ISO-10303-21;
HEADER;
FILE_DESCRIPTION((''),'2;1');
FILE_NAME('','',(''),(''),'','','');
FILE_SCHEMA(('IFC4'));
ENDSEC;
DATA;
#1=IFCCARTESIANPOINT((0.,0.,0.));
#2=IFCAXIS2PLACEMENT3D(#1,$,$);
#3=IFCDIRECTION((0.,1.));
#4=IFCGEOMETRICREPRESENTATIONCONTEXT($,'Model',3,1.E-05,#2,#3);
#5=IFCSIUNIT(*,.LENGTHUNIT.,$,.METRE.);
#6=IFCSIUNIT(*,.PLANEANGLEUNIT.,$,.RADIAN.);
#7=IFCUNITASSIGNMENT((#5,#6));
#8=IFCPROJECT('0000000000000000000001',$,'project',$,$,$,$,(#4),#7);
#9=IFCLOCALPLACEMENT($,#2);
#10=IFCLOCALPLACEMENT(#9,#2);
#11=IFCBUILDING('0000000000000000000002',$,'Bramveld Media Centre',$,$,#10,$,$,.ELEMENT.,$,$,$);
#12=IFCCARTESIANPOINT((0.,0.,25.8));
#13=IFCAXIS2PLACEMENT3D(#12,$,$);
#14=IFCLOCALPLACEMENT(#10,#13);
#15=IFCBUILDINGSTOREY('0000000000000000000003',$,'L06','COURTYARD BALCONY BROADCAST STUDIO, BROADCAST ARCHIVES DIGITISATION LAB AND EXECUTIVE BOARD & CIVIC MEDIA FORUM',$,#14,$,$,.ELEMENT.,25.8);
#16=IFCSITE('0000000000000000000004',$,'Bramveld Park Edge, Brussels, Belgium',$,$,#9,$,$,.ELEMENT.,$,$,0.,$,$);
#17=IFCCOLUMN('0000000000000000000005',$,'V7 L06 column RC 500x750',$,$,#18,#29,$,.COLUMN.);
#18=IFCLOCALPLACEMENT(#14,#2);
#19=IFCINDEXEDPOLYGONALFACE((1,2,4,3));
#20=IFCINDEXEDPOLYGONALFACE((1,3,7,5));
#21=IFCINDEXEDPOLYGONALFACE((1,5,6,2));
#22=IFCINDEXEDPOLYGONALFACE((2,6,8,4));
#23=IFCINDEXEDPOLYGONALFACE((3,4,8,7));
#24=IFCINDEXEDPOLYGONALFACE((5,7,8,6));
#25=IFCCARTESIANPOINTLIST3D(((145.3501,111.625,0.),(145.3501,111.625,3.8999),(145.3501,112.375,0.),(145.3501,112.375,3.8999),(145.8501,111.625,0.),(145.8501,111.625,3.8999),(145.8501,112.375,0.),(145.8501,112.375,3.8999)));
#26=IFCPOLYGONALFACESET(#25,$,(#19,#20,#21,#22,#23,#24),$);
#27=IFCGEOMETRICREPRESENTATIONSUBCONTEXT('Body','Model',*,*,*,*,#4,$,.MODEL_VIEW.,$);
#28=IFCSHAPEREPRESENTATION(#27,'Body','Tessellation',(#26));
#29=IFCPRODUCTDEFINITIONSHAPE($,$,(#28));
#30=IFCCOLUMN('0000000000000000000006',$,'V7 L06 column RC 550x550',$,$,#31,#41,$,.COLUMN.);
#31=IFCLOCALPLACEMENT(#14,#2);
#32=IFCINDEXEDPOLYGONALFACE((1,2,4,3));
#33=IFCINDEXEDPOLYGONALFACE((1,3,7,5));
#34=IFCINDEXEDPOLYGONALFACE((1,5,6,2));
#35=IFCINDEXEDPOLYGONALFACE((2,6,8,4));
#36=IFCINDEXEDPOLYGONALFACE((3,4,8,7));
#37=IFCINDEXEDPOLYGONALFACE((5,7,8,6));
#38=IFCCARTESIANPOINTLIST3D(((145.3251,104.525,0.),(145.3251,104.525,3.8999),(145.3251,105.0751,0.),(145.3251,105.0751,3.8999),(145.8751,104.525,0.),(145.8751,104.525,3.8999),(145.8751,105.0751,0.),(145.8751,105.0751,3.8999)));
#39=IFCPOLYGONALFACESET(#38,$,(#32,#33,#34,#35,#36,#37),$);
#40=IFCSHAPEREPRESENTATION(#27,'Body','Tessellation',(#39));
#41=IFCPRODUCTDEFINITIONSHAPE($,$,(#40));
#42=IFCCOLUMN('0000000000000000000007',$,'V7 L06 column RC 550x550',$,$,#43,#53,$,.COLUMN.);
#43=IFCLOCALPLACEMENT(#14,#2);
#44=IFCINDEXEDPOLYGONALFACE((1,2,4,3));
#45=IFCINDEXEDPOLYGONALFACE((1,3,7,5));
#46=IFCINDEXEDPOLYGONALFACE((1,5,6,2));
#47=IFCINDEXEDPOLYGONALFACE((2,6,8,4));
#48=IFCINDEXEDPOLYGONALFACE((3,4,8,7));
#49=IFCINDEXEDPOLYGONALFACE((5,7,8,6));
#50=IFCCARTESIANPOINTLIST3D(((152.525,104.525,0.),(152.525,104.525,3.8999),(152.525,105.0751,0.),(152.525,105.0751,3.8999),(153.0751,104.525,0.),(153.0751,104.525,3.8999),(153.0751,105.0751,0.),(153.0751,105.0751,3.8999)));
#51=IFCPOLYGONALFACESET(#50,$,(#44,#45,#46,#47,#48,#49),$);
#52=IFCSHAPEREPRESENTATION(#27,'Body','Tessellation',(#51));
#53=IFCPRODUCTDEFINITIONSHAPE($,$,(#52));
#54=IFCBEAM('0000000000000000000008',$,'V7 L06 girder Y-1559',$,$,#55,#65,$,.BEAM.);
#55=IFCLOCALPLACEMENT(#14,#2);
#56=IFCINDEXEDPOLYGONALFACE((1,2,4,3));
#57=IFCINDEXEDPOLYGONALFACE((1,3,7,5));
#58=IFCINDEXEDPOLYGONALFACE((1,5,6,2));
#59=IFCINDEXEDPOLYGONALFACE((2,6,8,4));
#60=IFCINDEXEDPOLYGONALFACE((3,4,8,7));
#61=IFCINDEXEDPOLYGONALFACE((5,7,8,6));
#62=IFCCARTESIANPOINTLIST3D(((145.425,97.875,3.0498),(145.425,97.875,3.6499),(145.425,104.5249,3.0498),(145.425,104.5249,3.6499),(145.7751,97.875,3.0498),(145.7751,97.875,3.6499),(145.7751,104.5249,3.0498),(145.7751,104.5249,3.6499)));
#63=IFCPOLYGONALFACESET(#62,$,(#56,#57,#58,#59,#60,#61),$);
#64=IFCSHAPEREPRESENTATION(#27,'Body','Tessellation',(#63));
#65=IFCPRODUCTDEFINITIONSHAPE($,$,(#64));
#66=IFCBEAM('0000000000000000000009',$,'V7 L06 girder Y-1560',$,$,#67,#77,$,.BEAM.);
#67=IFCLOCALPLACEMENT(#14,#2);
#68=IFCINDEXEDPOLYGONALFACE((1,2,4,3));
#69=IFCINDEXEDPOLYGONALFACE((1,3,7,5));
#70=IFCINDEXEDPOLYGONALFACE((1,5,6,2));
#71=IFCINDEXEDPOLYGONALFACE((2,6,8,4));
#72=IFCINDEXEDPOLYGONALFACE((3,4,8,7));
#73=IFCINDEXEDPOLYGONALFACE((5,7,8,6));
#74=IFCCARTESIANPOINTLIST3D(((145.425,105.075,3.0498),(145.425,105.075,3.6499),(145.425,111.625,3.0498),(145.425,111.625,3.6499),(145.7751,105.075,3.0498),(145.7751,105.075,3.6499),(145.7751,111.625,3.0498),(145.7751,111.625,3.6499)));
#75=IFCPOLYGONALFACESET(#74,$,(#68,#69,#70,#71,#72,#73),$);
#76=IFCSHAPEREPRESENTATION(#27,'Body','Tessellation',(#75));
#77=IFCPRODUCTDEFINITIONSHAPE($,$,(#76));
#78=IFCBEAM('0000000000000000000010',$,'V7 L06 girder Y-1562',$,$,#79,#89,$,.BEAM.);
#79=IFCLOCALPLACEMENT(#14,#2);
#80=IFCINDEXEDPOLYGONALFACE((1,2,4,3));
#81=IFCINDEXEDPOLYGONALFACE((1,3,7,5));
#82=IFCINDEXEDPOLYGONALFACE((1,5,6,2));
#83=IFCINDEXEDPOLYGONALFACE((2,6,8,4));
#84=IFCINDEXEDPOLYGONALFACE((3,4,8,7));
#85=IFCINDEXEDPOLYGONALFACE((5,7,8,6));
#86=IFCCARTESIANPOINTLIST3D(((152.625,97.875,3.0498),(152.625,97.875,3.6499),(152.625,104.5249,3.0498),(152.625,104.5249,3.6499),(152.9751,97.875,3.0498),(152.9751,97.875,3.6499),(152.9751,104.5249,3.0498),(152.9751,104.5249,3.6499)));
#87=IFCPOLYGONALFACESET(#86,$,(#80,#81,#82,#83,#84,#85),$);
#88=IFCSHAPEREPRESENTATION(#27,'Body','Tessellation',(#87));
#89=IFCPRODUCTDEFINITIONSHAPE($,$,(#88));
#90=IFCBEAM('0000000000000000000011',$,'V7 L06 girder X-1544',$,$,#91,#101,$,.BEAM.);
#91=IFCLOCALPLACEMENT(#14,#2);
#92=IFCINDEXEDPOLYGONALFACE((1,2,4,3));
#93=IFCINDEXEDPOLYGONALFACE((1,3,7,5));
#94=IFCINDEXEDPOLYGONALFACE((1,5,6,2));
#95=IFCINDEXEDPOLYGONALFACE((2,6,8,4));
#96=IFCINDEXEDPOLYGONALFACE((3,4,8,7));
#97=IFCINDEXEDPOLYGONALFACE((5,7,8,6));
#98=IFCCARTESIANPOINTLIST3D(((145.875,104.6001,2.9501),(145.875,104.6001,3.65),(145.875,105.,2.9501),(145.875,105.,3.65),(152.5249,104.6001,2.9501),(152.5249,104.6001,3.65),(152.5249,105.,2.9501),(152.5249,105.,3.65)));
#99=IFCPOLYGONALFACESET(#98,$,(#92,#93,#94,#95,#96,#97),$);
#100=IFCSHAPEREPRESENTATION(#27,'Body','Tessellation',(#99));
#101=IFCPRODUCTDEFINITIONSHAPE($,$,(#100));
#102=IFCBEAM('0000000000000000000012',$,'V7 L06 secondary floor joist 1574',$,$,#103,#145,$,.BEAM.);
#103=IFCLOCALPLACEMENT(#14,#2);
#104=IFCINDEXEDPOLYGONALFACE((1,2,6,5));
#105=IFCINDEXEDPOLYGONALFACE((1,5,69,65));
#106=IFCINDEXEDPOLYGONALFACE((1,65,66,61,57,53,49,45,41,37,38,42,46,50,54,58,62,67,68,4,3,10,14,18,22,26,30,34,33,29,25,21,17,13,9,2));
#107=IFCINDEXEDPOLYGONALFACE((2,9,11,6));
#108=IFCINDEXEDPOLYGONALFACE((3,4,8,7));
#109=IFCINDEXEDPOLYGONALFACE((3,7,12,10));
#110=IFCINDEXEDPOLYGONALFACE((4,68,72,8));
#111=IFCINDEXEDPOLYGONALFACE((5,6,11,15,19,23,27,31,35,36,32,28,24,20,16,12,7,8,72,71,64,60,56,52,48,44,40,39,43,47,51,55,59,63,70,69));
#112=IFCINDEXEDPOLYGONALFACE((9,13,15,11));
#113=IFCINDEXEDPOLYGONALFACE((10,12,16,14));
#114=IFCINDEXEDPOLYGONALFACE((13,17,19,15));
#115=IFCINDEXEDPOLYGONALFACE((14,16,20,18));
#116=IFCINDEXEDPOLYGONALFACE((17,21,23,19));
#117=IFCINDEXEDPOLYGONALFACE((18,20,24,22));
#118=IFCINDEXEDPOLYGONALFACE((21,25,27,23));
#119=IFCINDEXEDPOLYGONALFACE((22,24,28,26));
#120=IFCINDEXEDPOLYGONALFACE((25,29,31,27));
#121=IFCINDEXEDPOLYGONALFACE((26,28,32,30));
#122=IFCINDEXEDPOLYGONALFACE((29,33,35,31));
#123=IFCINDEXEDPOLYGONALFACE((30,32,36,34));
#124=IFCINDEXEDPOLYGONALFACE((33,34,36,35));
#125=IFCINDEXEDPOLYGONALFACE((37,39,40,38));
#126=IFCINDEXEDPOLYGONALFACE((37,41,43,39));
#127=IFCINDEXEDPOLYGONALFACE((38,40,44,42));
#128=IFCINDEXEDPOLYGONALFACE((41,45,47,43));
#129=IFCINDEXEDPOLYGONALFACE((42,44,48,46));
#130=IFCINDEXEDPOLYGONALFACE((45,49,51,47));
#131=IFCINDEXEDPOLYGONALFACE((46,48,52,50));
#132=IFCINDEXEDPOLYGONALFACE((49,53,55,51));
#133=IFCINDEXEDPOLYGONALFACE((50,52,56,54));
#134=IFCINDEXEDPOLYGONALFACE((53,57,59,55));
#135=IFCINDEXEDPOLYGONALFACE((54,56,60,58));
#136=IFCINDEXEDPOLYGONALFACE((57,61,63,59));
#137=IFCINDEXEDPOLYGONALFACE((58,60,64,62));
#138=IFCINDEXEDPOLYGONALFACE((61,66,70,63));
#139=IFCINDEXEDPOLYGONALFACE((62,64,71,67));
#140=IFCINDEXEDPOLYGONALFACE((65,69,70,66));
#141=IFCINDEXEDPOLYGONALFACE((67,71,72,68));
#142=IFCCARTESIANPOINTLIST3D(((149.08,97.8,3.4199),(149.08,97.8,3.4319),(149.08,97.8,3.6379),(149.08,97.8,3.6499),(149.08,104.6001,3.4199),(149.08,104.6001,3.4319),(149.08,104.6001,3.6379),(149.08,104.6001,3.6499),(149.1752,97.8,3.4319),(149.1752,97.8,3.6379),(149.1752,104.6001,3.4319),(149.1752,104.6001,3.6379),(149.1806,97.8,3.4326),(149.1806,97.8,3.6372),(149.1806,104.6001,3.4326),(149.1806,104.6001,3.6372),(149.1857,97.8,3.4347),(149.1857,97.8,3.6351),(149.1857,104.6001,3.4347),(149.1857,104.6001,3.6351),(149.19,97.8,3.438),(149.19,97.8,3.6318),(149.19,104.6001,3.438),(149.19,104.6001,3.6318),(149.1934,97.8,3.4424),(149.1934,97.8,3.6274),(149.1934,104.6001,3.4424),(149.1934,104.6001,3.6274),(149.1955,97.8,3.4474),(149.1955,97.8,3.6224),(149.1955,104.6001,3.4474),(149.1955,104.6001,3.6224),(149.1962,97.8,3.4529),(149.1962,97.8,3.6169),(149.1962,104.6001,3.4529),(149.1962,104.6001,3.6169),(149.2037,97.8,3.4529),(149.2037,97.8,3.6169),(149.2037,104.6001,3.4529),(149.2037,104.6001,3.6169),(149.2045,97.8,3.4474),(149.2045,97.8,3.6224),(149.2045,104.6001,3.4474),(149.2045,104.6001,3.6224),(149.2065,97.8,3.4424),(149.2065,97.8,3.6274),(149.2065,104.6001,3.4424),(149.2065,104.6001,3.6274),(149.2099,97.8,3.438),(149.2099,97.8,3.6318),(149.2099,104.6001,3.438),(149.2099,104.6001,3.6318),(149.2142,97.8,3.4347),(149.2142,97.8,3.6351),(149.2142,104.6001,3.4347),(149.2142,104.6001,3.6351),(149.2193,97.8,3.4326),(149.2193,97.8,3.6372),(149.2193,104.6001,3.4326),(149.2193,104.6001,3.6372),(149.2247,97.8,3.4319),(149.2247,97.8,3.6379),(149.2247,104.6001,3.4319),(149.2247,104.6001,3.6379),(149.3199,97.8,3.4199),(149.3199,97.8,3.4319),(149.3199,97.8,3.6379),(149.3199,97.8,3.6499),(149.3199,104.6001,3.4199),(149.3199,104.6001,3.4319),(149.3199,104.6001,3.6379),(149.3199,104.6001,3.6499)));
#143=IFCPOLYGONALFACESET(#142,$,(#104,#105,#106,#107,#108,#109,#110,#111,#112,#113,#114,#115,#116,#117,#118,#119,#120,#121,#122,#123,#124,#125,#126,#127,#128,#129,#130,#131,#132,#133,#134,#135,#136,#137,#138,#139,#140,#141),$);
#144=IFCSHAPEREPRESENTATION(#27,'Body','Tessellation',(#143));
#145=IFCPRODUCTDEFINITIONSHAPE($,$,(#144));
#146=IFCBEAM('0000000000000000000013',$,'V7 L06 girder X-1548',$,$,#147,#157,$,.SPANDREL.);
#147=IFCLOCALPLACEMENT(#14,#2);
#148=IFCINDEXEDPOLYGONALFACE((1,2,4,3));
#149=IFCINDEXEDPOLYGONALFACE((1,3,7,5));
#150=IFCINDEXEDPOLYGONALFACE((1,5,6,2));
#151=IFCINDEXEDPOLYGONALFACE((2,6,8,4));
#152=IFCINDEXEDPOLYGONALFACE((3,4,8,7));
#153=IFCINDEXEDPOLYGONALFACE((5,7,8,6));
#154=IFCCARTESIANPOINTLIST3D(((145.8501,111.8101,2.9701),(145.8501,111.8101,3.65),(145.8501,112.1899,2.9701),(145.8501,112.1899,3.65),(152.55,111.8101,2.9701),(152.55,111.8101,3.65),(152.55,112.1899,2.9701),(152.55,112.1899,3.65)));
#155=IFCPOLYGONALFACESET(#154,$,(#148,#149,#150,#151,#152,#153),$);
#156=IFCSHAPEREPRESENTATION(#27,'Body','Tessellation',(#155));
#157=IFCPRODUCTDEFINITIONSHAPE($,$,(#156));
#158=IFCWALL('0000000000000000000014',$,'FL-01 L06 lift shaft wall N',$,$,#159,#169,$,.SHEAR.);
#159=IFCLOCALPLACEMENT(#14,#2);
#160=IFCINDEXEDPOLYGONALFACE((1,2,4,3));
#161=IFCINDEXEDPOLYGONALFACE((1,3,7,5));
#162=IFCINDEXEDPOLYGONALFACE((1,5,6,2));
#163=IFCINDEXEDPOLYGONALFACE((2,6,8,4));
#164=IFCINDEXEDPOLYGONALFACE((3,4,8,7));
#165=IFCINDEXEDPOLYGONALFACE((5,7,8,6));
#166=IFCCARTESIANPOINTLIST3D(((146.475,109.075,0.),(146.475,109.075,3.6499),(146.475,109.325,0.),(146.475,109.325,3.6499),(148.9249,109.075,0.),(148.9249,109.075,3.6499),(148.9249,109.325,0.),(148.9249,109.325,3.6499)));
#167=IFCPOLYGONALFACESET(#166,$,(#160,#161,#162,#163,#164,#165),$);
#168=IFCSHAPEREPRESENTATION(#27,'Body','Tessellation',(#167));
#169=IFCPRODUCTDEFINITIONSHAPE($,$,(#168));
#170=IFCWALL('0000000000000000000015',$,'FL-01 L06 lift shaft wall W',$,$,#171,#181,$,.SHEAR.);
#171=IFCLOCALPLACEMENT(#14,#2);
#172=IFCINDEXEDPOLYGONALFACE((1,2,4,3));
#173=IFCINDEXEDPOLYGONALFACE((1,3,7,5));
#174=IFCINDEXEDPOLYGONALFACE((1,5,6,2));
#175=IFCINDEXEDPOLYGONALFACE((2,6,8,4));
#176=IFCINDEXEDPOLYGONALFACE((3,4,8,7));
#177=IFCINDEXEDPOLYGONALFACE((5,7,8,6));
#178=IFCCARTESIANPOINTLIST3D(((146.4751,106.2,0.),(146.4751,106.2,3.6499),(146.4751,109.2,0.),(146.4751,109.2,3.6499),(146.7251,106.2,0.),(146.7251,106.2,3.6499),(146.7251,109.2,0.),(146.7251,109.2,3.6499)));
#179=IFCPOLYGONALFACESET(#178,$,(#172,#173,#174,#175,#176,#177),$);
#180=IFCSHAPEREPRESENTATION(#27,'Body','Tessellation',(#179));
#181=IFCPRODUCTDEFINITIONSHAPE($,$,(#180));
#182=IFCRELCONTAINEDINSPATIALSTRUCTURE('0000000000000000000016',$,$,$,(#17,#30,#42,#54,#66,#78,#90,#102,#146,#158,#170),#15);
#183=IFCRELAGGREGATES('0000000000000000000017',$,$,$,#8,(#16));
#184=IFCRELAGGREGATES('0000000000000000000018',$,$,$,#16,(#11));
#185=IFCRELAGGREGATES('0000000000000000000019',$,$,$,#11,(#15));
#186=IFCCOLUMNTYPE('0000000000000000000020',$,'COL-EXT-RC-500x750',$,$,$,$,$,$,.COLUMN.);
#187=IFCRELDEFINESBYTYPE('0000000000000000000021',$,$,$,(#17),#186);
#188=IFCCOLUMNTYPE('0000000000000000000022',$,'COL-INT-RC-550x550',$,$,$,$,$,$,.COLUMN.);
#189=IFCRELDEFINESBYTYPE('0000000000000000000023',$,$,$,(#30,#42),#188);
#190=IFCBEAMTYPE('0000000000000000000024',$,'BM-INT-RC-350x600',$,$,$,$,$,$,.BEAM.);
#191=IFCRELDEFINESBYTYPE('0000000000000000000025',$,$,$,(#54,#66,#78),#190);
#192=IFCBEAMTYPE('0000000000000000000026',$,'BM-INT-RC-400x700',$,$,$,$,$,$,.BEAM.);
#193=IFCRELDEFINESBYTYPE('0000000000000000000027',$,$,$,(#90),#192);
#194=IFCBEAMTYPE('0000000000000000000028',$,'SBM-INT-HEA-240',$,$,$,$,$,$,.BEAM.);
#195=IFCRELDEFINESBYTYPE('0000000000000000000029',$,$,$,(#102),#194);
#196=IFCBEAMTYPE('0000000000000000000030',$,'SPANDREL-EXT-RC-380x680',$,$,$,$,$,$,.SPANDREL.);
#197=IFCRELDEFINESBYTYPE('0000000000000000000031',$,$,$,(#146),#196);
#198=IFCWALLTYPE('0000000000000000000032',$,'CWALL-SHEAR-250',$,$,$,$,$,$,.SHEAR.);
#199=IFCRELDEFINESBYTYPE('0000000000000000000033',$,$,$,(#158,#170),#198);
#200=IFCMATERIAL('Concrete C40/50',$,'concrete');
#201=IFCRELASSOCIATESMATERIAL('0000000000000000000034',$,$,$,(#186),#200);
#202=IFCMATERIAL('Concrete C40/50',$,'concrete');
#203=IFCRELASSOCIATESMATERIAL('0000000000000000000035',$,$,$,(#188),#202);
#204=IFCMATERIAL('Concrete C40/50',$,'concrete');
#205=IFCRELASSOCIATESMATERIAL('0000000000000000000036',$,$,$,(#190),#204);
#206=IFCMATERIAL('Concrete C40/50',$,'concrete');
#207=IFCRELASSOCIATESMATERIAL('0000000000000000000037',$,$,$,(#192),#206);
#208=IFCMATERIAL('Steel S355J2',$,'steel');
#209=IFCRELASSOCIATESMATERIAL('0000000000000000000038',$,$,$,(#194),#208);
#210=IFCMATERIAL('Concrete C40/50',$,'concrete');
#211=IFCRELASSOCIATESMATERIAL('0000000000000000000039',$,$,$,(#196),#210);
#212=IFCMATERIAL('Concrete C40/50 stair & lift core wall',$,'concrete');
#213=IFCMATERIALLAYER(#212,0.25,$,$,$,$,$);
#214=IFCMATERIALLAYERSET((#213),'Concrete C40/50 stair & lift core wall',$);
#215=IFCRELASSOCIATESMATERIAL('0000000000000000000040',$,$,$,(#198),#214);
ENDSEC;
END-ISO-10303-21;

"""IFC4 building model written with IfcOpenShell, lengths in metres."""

from ifc_helpers import new_model, si_unit, direction, frame, frame_2d, origin, origin_2d, place, context, subcontext, project, spatial, rectangle, i_section, extrude, material, layer, layer_set, material_profile, profile_set, type_object, element, save


model = new_model("IFC4")

# Units and contexts
model_context = context("Model", 3, precision=1e-05, world=origin(), true_north=direction((0.0, 1.0)))
body_context = subcontext(model_context, "Body", "Model", "MODEL_VIEW")
ifc_project = project(units=[si_unit("LENGTHUNIT", "METRE"), si_unit("PLANEANGLEUNIT", "RADIAN")], contexts=[model_context])

# Site, building, storey
site_placement = place(None, origin())
site = spatial("IfcSite", under=ifc_project, at=site_placement, Name="Bramveld Park Edge, Brussels, Belgium", CompositionType="ELEMENT", RefElevation=0.0)
building_placement = place(site_placement, origin())
building = spatial("IfcBuilding", under=site, at=building_placement, Name="Bramveld Media Centre", CompositionType="ELEMENT")
storey_placement = place(building_placement, frame((0.0, 0.0, 25.8)))
storey = spatial("IfcBuildingStorey", under=building, at=storey_placement, Name="L06", Description="COURTYARD BALCONY BROADCAST STUDIO, BROADCAST ARCHIVES DIGITISATION LAB AND EXECUTIVE BOARD & CIVIC MEDIA FORUM", CompositionType="ELEMENT", Elevation=25.8)

# Columns
ifc_material_1 = material(Name="Concrete C40/50", Category="concrete")
ifc_material_profile_1 = material_profile(ifc_material_1, rectangle(XDim=0.5, YDim=0.75, at=origin_2d()), Name="RC 500x750")
ifc_profile_set_1 = profile_set([ifc_material_profile_1], Name="Concrete C40/50")
column_type_1 = type_object("IfcColumnType", Name="COL-EXT-RC-500x750", PredefinedType="COLUMN", material=ifc_profile_set_1)
column_placement = place(storey_placement, frame((145.6001, 112.0, 0.0), z_axis=(0.0, 0.0, 1.0), x_axis=(1.0, 0.0, 0.0)))
element("IfcColumn", 1, at=column_placement, inside=storey, type_object=column_type_1, Name="V7 L06 column RC 500x750", PredefinedType="COLUMN", context=body_context, shape_type="SweptSolid", body=[
    extrude(rectangle(XDim=0.5, YDim=0.75, at=origin_2d()), origin(), (0.0, 0.0, 1.0), 3.8999),
])
ifc_material_2 = material(Name="Concrete C40/50", Category="concrete")
ifc_material_profile_2 = material_profile(ifc_material_2, rectangle(XDim=0.55, YDim=0.55, at=origin_2d()), Name="RC 550x550")
ifc_profile_set_2 = profile_set([ifc_material_profile_2], Name="Concrete C40/50")
column_type_2 = type_object("IfcColumnType", Name="COL-INT-RC-550x550", PredefinedType="COLUMN", material=ifc_profile_set_2)
for number, where, z_axis, x_axis, name in (
    (2, (145.6001, 104.8, 0.0), (0.0, 0.0, 1.0), (1.0, 0.0, 0.0), "V7 L06 column RC 550x550"),
    (3, (152.8, 104.8, 0.0), (0.0, 0.0, 1.0), (1.0, 0.0, 0.0), "V7 L06 column RC 550x550"),
):
    element("IfcColumn", number, at=place(storey_placement, frame(where, z_axis=z_axis, x_axis=x_axis)), inside=storey, type_object=column_type_2, Name=name, PredefinedType="COLUMN", context=body_context, shape_type="SweptSolid", body=[
        extrude(rectangle(XDim=0.55, YDim=0.55, at=origin_2d()), origin(), (0.0, 0.0, 1.0), 3.8999),
    ])

# Beams
ifc_material_3 = material(Name="Concrete C40/50", Category="concrete")
ifc_material_profile_3 = material_profile(ifc_material_3, rectangle(XDim=0.3501, YDim=0.6001, at=origin_2d()), Name="RC 350x600")
ifc_profile_set_3 = profile_set([ifc_material_profile_3], Name="Concrete C40/50")
beam_type_1 = type_object("IfcBeamType", Name="BM-INT-RC-350x600", PredefinedType="BEAM", material=ifc_profile_set_3)
beam_1_placement = place(storey_placement, frame((145.6001, 97.875, 3.3499), z_axis=(0.0, 1.0, 0.0), x_axis=(-1.0, 0.0, 0.0)))
element("IfcBeam", 4, at=beam_1_placement, inside=storey, type_object=beam_type_1, Name="V7 L06 girder Y-1559", PredefinedType="BEAM", context=body_context, shape_type="SweptSolid", body=[
    extrude(rectangle(XDim=0.3501, YDim=0.6001, at=origin_2d()), origin(), (0.0, 0.0, 1.0), 6.6499),
])
beam_2_placement = place(storey_placement, frame((145.6001, 105.075, 3.3499), z_axis=(0.0, 1.0, 0.0), x_axis=(-1.0, 0.0, 0.0)))
element("IfcBeam", 5, at=beam_2_placement, inside=storey, type_object=beam_type_1, Name="V7 L06 girder Y-1560", PredefinedType="BEAM", context=body_context, shape_type="SweptSolid", body=[
    extrude(rectangle(XDim=0.3501, YDim=0.6001, at=origin_2d()), origin(), (0.0, 0.0, 1.0), 6.55),
])
beam_3_placement = place(storey_placement, frame((152.8, 97.875, 3.3499), z_axis=(0.0, 1.0, 0.0), x_axis=(-1.0, 0.0, 0.0)))
element("IfcBeam", 6, at=beam_3_placement, inside=storey, type_object=beam_type_1, Name="V7 L06 girder Y-1562", PredefinedType="BEAM", context=body_context, shape_type="SweptSolid", body=[
    extrude(rectangle(XDim=0.3501, YDim=0.6001, at=origin_2d()), origin(), (0.0, 0.0, 1.0), 6.6499),
])
ifc_material_4 = material(Name="Concrete C40/50", Category="concrete")
ifc_material_profile_4 = material_profile(ifc_material_4, rectangle(XDim=0.3999, YDim=0.7, at=origin_2d()), Name="RC 400x700")
ifc_profile_set_4 = profile_set([ifc_material_profile_4], Name="Concrete C40/50")
beam_type_2 = type_object("IfcBeamType", Name="BM-INT-RC-400x700", PredefinedType="BEAM", material=ifc_profile_set_4)
beam_4_placement = place(storey_placement, frame((145.875, 104.8, 3.3), z_axis=(1.0, 0.0, 0.0), x_axis=(0.0, 1.0, 0.0)))
element("IfcBeam", 7, at=beam_4_placement, inside=storey, type_object=beam_type_2, Name="V7 L06 girder X-1544", PredefinedType="BEAM", context=body_context, shape_type="SweptSolid", body=[
    extrude(rectangle(XDim=0.3999, YDim=0.7, at=origin_2d()), origin(), (0.0, 0.0, 1.0), 6.6499),
])
ifc_material_5 = material(Name="Steel S355J2", Category="steel")
ifc_material_profile_5 = material_profile(ifc_material_5, i_section(OverallWidth=0.24, OverallDepth=0.23, WebThickness=0.0076, FlangeThickness=0.012, FilletRadius=0.021, at=origin_2d()), Name="HEA 240")
ifc_profile_set_5 = profile_set([ifc_material_profile_5], Name="Steel S355J2")
beam_type_3 = type_object("IfcBeamType", Name="SBM-INT-HEA-240", PredefinedType="BEAM", material=ifc_profile_set_5)
beam_5_placement = place(storey_placement, frame((149.2, 97.8, 3.5349), z_axis=(0.0, 1.0, 0.0), x_axis=(-1.0, 0.0, 0.0)))
element("IfcBeam", 8, at=beam_5_placement, inside=storey, type_object=beam_type_3, Name="V7 L06 secondary floor joist 1574", PredefinedType="BEAM", context=body_context, shape_type="SweptSolid", body=[
    extrude(i_section(OverallWidth=0.24, OverallDepth=0.23, WebThickness=0.0076, FlangeThickness=0.012, FilletRadius=0.021, at=origin_2d()), origin(), (0.0, 0.0, 1.0), 6.8),
])
ifc_material_6 = material(Name="Concrete C40/50", Category="concrete")
ifc_material_profile_6 = material_profile(ifc_material_6, rectangle(XDim=0.3799, YDim=0.6799, at=origin_2d()), Name="RC 380x680")
ifc_profile_set_6 = profile_set([ifc_material_profile_6], Name="Concrete C40/50")
beam_type_4 = type_object("IfcBeamType", Name="SPANDREL-EXT-RC-380x680", PredefinedType="SPANDREL", material=ifc_profile_set_6)
beam_6_placement = place(storey_placement, frame((145.8501, 112.0, 3.3101), z_axis=(1.0, 0.0, 0.0), x_axis=(0.0, 1.0, 0.0)))
element("IfcBeam", 9, at=beam_6_placement, inside=storey, type_object=beam_type_4, Name="V7 L06 girder X-1548", PredefinedType="SPANDREL", context=body_context, shape_type="SweptSolid", body=[
    extrude(rectangle(XDim=0.3799, YDim=0.6799, at=origin_2d()), origin(), (0.0, 0.0, 1.0), 6.7),
])

# Shared definitions
ifc_material_7 = material(Name="Concrete C40/50 stair & lift core wall", Category="concrete")
ifc_layer_1 = layer(ifc_material_7, 0.25)
ifc_layer_set_1 = layer_set([ifc_layer_1], Name="Concrete C40/50 stair & lift core wall")
wall_type_1 = type_object("IfcWallType", Name="CWALL-SHEAR-250", PredefinedType="SHEAR", material=ifc_layer_set_1)

# Walls
wall_1_placement = place(storey_placement, frame((148.925, 109.2, 0.0), z_axis=(0.0, 0.0, 1.0), x_axis=(-1.0, 0.0, 0.0)))
element("IfcWall", 10, at=wall_1_placement, inside=storey, type_object=wall_type_1, Name="FL-01 L06 lift shaft wall N", PredefinedType="SHEAR", context=body_context, shape_type="SweptSolid", body=[
    extrude(rectangle(XDim=2.45, YDim=0.25, at=frame_2d((1.2251, 0.0))), origin(), (0.0, 0.0, 1.0), 3.6499),
])
for number, where, z_axis, x_axis, name in (
    (11, (146.6001, 109.2, 0.0), (0.0, 0.0, 1.0), (0.0, -1.0, 0.0), "FL-01 L06 lift shaft wall W"),
):
    element("IfcWall", number, at=place(storey_placement, frame(where, z_axis=z_axis, x_axis=x_axis)), inside=storey, type_object=wall_type_1, Name=name, PredefinedType="SHEAR", context=body_context, shape_type="SweptSolid", body=[
        extrude(rectangle(XDim=3.0, YDim=0.25, at=frame_2d((1.5, 0.0))), origin(), (0.0, 0.0, 1.0), 3.6499),
    ])

save(model, "model.ifc")
